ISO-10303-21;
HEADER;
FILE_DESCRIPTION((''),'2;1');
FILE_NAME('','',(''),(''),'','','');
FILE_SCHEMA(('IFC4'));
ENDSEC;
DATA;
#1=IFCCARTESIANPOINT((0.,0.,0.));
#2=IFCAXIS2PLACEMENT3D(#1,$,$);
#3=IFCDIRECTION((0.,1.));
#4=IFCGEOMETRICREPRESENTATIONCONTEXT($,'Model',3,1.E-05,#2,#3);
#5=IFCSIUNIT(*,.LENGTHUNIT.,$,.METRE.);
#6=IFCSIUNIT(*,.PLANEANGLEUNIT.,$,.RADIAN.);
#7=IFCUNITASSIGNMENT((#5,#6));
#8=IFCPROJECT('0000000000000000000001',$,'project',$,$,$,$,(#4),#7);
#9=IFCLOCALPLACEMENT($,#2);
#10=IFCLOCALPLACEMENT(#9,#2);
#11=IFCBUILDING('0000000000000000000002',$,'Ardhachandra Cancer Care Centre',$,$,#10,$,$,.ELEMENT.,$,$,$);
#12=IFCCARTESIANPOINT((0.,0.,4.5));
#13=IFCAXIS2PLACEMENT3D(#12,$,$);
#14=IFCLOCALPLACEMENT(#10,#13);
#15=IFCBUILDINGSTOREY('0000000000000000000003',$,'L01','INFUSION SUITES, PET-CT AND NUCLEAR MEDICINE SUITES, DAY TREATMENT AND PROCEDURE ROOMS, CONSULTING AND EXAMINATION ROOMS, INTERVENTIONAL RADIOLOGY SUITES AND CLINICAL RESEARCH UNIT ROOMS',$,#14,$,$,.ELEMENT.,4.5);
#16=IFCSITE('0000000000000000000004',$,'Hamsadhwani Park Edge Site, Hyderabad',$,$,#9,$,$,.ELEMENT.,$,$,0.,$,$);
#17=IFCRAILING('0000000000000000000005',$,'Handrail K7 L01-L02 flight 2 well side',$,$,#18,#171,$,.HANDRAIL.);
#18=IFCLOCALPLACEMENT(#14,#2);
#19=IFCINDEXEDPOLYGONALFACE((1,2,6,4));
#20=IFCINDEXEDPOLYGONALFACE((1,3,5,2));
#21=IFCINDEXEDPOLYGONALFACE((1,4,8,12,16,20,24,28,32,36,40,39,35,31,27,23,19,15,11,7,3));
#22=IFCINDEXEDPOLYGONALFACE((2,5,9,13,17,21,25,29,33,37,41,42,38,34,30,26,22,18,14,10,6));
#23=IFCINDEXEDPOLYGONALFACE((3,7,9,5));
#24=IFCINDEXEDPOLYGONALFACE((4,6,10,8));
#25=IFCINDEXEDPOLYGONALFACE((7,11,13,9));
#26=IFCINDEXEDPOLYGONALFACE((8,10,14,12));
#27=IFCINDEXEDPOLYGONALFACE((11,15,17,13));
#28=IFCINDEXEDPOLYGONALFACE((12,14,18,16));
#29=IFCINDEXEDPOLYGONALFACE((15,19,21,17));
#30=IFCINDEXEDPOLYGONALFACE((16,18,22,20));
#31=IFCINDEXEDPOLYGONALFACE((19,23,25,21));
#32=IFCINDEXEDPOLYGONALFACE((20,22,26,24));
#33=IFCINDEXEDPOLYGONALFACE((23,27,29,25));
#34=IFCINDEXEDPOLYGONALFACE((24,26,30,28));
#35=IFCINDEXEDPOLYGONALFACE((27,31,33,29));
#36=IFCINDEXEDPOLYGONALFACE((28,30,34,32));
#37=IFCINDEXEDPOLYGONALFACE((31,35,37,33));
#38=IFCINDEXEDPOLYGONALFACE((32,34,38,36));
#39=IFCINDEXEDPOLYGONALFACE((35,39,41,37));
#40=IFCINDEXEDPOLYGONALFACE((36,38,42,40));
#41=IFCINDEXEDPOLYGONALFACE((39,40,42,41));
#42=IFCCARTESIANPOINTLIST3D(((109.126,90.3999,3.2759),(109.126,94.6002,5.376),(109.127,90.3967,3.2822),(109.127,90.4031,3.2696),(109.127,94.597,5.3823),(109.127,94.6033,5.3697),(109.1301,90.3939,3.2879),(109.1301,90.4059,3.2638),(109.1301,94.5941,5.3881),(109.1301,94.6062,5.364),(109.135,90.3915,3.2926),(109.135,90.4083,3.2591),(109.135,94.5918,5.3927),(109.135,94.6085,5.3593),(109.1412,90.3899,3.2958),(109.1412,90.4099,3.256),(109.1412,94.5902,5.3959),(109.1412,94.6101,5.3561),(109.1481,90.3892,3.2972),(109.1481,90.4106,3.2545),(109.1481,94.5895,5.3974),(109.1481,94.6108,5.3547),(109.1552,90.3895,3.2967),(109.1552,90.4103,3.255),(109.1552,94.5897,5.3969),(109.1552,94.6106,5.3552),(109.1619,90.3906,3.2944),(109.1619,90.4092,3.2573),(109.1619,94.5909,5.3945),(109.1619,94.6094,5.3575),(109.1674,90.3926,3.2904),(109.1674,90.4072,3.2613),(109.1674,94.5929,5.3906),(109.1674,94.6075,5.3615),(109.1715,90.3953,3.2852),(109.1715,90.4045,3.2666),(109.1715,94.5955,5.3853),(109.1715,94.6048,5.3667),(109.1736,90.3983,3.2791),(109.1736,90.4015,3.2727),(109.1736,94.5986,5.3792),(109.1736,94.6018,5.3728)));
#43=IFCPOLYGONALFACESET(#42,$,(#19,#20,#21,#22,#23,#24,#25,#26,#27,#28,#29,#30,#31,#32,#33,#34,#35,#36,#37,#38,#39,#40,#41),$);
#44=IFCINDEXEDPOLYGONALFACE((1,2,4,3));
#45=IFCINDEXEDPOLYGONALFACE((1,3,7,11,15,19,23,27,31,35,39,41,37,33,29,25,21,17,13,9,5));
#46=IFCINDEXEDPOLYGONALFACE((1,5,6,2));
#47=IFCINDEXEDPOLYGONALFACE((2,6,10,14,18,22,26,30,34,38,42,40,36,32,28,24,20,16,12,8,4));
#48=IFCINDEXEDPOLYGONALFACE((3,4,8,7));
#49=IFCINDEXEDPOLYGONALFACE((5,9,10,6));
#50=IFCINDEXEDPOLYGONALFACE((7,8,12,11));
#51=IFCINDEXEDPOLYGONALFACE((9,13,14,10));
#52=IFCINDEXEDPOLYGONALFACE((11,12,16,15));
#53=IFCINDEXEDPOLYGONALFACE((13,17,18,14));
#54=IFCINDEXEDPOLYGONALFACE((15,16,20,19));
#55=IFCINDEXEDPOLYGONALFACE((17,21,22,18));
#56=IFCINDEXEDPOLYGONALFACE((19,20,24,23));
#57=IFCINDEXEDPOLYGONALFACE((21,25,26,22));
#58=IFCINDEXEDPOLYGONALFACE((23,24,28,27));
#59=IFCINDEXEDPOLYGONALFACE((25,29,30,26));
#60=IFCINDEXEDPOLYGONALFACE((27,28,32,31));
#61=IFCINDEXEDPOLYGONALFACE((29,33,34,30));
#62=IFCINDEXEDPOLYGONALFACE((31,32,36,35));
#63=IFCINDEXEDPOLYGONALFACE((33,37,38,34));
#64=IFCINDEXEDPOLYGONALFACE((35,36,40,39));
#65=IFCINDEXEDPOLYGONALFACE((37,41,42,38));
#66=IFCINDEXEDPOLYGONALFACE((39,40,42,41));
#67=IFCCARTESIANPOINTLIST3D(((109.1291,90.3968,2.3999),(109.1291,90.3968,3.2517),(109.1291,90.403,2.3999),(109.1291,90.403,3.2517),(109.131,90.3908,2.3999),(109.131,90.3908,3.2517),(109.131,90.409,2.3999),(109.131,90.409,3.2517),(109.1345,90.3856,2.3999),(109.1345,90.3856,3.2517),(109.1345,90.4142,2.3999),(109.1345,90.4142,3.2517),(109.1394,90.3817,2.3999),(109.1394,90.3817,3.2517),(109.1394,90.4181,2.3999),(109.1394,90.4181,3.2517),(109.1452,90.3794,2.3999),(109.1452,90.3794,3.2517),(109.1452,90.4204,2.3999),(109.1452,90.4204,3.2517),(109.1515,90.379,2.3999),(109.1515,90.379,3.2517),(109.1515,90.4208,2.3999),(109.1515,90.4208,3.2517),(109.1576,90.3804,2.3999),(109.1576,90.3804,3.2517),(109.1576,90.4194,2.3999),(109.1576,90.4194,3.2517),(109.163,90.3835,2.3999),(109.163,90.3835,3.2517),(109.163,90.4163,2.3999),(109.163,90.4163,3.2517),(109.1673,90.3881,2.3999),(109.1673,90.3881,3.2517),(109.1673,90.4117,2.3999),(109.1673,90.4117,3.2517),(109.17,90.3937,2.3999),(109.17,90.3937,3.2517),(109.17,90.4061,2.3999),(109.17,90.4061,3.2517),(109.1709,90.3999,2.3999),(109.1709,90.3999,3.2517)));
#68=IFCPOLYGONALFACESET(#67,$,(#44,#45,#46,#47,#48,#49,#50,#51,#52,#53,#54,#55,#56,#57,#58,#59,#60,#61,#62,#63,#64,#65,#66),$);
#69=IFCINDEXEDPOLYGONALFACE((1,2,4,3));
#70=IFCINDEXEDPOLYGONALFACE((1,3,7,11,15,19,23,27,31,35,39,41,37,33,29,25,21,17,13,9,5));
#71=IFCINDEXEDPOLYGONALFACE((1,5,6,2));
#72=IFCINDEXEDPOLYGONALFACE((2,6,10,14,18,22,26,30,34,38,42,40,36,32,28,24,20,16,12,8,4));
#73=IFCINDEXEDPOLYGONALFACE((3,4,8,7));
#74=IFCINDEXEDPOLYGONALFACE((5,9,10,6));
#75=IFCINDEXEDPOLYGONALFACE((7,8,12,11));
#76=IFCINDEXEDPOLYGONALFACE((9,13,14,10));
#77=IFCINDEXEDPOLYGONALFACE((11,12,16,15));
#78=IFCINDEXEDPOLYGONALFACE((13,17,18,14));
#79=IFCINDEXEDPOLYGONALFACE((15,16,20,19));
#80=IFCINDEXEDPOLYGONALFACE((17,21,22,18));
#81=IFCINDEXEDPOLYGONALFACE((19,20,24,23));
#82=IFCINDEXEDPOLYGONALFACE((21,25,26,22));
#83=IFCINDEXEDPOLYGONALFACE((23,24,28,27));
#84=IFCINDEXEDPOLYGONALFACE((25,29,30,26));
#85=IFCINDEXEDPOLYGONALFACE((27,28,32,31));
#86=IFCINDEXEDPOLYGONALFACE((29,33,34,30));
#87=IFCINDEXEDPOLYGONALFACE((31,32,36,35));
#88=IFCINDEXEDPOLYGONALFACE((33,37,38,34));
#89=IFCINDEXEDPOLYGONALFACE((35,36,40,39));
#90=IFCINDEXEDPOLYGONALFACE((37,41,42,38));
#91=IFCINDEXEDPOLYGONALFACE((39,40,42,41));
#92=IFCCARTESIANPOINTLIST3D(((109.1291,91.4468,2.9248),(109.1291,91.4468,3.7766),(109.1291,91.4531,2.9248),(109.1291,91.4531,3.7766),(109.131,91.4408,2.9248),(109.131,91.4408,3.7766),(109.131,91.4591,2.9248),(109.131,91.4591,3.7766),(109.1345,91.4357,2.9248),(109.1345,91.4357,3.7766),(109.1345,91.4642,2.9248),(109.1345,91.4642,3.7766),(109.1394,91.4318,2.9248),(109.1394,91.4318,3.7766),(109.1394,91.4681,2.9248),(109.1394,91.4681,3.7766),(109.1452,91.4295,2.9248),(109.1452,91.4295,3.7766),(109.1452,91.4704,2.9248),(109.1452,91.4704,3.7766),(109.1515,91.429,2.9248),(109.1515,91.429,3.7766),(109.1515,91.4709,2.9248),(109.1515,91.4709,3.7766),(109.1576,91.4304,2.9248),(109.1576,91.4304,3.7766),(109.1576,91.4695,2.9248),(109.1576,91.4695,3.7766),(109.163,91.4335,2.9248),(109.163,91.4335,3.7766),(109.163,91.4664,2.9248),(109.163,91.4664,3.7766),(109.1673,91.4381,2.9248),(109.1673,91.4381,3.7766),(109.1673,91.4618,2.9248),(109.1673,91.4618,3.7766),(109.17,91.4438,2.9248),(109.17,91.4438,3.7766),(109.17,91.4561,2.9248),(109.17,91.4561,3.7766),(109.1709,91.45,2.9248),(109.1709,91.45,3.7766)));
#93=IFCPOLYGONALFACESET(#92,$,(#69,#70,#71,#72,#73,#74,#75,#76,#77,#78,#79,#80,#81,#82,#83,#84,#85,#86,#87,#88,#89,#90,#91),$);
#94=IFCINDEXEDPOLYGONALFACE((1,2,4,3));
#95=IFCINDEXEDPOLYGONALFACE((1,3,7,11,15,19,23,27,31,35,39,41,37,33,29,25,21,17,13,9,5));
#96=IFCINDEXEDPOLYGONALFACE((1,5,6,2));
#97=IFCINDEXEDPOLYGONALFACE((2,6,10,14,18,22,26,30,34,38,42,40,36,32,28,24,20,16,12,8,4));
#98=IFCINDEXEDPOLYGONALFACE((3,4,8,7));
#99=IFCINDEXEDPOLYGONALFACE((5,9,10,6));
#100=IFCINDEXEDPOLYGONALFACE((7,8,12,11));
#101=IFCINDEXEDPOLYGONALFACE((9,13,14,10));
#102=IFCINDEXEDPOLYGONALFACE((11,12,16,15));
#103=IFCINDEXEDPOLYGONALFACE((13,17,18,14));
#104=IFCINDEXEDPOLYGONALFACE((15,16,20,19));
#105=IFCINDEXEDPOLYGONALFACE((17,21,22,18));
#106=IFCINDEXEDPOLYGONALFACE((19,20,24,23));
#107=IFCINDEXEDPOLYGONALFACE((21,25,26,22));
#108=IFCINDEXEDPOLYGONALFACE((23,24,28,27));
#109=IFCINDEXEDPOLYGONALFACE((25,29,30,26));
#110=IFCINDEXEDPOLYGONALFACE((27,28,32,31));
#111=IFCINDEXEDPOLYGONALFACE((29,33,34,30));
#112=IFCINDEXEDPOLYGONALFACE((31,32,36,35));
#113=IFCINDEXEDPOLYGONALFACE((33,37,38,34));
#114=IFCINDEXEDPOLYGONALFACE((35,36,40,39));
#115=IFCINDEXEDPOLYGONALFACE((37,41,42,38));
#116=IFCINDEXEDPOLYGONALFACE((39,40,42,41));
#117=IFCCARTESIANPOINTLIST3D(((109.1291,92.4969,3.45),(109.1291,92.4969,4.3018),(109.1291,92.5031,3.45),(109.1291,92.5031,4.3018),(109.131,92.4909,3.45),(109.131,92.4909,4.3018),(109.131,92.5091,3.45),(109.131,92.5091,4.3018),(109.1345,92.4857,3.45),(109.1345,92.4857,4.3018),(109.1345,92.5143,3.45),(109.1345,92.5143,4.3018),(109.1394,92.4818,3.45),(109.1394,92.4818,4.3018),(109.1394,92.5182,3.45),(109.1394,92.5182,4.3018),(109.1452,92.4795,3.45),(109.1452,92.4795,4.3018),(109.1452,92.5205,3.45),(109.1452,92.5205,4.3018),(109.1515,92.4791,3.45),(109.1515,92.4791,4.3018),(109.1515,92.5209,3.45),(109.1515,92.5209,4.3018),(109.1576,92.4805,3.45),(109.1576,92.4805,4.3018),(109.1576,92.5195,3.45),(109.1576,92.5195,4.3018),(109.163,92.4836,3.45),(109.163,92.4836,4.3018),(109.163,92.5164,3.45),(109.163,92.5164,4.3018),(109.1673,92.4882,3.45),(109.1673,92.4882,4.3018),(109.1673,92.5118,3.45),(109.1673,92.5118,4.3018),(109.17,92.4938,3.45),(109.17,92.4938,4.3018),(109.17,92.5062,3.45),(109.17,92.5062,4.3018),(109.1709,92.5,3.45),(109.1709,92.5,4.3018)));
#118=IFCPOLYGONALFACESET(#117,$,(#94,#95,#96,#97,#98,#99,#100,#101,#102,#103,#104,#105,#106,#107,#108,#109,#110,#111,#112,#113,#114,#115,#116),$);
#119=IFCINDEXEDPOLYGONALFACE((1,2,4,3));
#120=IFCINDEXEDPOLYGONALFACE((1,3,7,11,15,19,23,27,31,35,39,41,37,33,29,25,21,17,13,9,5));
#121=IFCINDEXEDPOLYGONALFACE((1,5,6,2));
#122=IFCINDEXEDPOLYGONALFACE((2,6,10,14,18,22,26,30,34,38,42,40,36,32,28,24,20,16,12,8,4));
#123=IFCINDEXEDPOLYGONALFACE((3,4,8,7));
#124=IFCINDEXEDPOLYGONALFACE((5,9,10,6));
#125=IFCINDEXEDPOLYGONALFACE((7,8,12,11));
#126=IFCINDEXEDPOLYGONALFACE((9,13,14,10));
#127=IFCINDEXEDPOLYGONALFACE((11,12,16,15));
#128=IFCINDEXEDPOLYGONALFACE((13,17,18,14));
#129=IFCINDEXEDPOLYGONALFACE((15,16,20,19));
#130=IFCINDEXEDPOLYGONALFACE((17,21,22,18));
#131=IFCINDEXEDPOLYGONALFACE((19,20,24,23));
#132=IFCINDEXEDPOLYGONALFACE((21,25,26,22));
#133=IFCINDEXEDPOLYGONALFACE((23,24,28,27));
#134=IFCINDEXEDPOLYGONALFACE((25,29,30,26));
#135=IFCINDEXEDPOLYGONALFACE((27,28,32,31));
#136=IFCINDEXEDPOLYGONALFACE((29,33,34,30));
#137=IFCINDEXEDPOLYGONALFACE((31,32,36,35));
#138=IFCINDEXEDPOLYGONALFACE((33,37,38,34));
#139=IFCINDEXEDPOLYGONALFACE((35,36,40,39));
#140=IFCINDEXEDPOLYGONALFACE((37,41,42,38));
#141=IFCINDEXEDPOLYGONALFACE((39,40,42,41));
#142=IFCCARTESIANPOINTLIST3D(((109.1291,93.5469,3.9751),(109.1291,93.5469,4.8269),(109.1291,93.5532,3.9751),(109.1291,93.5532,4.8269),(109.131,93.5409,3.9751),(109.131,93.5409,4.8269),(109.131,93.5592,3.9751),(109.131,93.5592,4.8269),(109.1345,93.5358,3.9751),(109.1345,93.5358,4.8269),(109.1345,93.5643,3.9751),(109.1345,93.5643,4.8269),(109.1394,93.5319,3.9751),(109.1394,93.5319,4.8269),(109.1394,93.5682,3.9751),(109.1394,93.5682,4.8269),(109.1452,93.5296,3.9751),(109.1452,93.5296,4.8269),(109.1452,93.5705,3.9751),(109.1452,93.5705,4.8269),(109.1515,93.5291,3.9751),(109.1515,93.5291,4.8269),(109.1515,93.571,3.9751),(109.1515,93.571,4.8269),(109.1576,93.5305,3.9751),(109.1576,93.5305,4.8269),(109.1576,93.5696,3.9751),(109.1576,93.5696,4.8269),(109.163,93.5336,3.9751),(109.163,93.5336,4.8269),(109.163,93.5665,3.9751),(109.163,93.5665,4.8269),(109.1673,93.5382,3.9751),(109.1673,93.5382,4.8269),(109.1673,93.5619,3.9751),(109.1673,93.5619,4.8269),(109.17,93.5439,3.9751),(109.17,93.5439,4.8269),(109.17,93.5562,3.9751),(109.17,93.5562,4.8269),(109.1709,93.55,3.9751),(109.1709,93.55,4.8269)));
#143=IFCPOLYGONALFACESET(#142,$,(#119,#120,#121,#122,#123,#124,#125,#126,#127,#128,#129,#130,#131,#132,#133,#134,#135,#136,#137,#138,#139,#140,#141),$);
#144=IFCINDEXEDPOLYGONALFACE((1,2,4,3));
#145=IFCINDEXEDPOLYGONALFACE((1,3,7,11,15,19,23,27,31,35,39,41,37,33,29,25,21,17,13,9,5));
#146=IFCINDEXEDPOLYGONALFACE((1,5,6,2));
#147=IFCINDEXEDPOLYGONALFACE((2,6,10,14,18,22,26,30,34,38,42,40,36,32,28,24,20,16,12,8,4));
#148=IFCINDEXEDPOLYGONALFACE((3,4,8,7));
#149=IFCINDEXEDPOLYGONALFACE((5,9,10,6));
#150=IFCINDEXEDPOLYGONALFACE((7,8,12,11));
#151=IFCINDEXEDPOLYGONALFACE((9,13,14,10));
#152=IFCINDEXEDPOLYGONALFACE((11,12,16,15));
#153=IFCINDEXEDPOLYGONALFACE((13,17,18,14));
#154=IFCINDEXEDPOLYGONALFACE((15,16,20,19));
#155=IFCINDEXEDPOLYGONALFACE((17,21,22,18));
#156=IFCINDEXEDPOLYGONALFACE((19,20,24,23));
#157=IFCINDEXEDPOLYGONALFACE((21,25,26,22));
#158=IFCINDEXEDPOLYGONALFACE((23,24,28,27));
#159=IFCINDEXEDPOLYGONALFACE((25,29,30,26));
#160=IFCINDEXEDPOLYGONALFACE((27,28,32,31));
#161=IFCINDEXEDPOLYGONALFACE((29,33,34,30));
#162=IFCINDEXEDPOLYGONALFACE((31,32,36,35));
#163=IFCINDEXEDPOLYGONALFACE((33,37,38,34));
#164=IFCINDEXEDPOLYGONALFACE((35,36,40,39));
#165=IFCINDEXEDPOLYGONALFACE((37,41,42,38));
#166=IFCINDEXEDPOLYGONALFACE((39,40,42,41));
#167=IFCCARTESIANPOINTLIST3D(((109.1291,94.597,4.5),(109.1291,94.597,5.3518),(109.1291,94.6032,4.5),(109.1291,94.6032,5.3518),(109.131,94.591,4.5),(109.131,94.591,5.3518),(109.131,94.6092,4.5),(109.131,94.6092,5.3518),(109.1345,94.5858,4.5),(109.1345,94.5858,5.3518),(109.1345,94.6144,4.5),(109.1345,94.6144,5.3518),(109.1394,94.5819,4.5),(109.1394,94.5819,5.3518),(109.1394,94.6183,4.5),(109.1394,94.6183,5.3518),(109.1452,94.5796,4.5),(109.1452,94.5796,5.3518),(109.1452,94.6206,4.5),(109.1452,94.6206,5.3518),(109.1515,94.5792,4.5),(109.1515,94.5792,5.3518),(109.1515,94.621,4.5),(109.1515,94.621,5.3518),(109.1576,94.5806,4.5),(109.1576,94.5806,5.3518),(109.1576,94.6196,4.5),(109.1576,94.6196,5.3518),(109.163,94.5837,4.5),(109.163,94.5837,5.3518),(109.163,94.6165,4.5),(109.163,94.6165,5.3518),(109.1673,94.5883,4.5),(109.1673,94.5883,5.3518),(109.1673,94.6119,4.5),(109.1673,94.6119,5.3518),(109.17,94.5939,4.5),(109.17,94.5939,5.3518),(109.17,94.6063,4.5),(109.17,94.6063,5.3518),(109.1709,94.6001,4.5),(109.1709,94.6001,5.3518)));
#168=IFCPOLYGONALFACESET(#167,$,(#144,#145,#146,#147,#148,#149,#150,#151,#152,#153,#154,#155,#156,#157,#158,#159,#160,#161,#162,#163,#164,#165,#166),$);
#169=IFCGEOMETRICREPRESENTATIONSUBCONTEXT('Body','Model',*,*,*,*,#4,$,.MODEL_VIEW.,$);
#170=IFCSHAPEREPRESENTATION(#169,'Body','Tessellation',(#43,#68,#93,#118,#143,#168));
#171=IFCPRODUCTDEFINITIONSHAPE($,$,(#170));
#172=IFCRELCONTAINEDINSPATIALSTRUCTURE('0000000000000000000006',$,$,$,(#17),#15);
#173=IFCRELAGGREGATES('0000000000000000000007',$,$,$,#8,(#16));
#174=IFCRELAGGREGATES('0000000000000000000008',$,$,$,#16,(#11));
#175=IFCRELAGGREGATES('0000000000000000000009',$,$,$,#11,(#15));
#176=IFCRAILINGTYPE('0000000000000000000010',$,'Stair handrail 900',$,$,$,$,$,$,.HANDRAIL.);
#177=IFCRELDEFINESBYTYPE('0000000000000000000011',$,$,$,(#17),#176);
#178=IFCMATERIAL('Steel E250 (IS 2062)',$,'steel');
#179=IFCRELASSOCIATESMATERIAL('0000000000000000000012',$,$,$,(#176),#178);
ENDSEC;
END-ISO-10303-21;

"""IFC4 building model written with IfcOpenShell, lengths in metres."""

from ifc_helpers import new_model, si_unit, direction, frame, origin, origin_2d, place, context, subcontext, project, spatial, circle, extrude, material, type_object, element, save


model = new_model("IFC4")

# Units and contexts
model_context = context("Model", 3, precision=1e-05, world=origin(), true_north=direction((0.0, 1.0)))
body_context = subcontext(model_context, "Body", "Model", "MODEL_VIEW")
ifc_project = project(units=[si_unit("LENGTHUNIT", "METRE"), si_unit("PLANEANGLEUNIT", "RADIAN")], contexts=[model_context])

# Site, building, storey
site_placement = place(None, origin())
site = spatial("IfcSite", under=ifc_project, at=site_placement, Name="Hamsadhwani Park Edge Site, Hyderabad", CompositionType="ELEMENT", RefElevation=0.0)
building_placement = place(site_placement, origin())
building = spatial("IfcBuilding", under=site, at=building_placement, Name="Ardhachandra Cancer Care Centre", CompositionType="ELEMENT")
storey_placement = place(building_placement, frame((0.0, 0.0, 4.5)))
storey = spatial("IfcBuildingStorey", under=building, at=storey_placement, Name="L01", Description="INFUSION SUITES, PET-CT AND NUCLEAR MEDICINE SUITES, DAY TREATMENT AND PROCEDURE ROOMS, CONSULTING AND EXAMINATION ROOMS, INTERVENTIONAL RADIOLOGY SUITES AND CLINICAL RESEARCH UNIT ROOMS", CompositionType="ELEMENT", Elevation=4.5)

# Railing
ifc_material_1 = material(Name="Steel E250 (IS 2062)", Category="steel")
railing_type_1 = type_object("IfcRailingType", Name="Stair handrail 900", PredefinedType="HANDRAIL", material=ifc_material_1)
for number, where, name in (
    (1, (109.1499, 90.3999, 2.3999), "Handrail K7 L01-L02 flight 2 well side"),
):
    element("IfcRailing", number, at=place(storey_placement, frame(where)), inside=storey, type_object=railing_type_1, Name=name, PredefinedType="HANDRAIL", context=body_context, shape_type="SweptSolid", body=[
        extrude(circle(Radius=0.0239, at=origin_2d()), frame((0.0, 0.0, 0.876), z_axis=(0.0, 0.894427, 0.447214), x_axis=(-1.0, 0.0, 0.0)), (0.0, 0.0, 1.0), 4.696),
        extrude(circle(Radius=0.021, at=origin_2d()), origin(), (0.0, 0.0, 1.0), 0.8518),
        extrude(circle(Radius=0.021, at=origin_2d()), frame((0.0, 1.05, 0.5249)), (0.0, 0.0, 1.0), 0.8518),
        extrude(circle(Radius=0.021, at=origin_2d()), frame((0.0, 2.1001, 1.05)), (0.0, 0.0, 1.0), 0.8518),
        extrude(circle(Radius=0.021, at=origin_2d()), frame((0.0, 3.1501, 1.5752)), (0.0, 0.0, 1.0), 0.8518),
        extrude(circle(Radius=0.021, at=origin_2d()), frame((0.0, 4.2002, 2.1001)), (0.0, 0.0, 1.0), 0.8518),
    ])

save(model, "model.ifc")
